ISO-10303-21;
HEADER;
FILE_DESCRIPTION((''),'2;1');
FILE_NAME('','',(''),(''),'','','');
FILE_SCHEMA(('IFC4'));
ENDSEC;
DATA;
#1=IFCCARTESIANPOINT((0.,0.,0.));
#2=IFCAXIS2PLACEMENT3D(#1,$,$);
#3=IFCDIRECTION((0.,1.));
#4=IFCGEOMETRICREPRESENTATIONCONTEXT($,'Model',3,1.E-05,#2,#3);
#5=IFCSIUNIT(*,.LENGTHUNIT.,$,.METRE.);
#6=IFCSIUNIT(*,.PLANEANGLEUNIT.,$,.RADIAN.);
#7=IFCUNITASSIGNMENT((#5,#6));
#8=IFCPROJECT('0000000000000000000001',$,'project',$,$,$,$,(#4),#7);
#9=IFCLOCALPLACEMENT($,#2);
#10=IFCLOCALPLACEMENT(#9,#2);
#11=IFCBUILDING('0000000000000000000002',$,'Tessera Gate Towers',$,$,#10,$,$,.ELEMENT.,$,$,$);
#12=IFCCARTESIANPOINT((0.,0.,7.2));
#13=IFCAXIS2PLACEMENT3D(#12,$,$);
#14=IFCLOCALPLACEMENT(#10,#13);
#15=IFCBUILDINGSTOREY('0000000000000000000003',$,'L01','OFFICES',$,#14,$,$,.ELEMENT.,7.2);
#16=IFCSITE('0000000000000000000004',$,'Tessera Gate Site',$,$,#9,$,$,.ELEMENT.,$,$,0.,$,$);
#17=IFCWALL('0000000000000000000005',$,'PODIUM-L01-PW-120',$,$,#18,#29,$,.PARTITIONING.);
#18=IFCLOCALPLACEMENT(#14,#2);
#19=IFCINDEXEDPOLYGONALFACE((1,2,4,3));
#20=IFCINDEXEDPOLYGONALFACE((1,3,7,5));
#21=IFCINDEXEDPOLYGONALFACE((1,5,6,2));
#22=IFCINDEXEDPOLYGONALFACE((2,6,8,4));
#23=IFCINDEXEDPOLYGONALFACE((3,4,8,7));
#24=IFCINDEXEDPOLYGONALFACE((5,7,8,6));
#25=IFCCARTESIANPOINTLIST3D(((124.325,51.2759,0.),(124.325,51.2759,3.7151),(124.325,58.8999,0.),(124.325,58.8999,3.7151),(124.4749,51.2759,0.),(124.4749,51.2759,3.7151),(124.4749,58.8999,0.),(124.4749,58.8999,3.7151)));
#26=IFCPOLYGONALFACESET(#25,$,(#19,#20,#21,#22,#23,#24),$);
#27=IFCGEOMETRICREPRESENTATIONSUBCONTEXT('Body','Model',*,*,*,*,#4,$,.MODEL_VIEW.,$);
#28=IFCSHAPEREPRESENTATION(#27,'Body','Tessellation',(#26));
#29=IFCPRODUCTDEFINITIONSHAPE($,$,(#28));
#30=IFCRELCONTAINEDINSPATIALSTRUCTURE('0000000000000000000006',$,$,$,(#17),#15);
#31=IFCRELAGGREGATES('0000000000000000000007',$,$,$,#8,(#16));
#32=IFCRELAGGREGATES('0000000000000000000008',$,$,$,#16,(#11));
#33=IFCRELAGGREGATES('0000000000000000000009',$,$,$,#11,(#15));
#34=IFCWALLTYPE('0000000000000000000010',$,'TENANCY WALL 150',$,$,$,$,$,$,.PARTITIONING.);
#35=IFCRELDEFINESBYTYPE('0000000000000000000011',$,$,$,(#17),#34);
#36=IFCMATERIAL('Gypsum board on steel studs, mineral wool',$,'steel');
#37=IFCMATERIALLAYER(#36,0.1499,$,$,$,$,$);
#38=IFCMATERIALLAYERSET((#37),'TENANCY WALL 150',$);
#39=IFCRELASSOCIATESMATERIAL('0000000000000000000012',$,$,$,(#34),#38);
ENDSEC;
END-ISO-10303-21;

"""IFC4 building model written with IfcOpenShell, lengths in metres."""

from ifc_helpers import new_model, si_unit, direction, frame, frame_2d, origin, place, context, subcontext, project, spatial, rectangle, extrude, material, layer, layer_set, type_object, element, save


model = new_model("IFC4")

# Units and contexts
model_context = context("Model", 3, precision=1e-05, world=origin(), true_north=direction((0.0, 1.0)))
body_context = subcontext(model_context, "Body", "Model", "MODEL_VIEW")
ifc_project = project(units=[si_unit("LENGTHUNIT", "METRE"), si_unit("PLANEANGLEUNIT", "RADIAN")], contexts=[model_context])

# Site, building, storey
site_placement = place(None, origin())
site = spatial("IfcSite", under=ifc_project, at=site_placement, Name="Tessera Gate Site", CompositionType="ELEMENT", RefElevation=0.0)
building_placement = place(site_placement, origin())
building = spatial("IfcBuilding", under=site, at=building_placement, Name="Tessera Gate Towers", CompositionType="ELEMENT")
storey_placement = place(building_placement, frame((0.0, 0.0, 7.2)))
storey = spatial("IfcBuildingStorey", under=building, at=storey_placement, Name="L01", Description="OFFICES", CompositionType="ELEMENT", Elevation=7.2)

# Shared definitions
ifc_material_1 = material(Name="Gypsum board on steel studs, mineral wool", Category="steel")
ifc_layer_1 = layer(ifc_material_1, 0.1499)
ifc_layer_set_1 = layer_set([ifc_layer_1], Name="TENANCY WALL 150")
wall_type_1 = type_object("IfcWallType", Name="TENANCY WALL 150", PredefinedType="PARTITIONING", material=ifc_layer_set_1)

# Wall
for number, where, z_axis, x_axis, name in (
    (1, (124.3999, 51.2759, 0.0), (0.0, 0.0, 1.0), (0.0, 1.0, 0.0), "PODIUM-L01-PW-120"),
):
    element("IfcWall", number, at=place(storey_placement, frame(where, z_axis=z_axis, x_axis=x_axis)), inside=storey, type_object=wall_type_1, Name=name, PredefinedType="PARTITIONING", context=body_context, shape_type="SweptSolid", body=[
        extrude(rectangle(XDim=7.624, YDim=0.1499, at=frame_2d((3.812, 0.0))), origin(), (0.0, 0.0, 1.0), 3.7151),
    ])

save(model, "model.ifc")
